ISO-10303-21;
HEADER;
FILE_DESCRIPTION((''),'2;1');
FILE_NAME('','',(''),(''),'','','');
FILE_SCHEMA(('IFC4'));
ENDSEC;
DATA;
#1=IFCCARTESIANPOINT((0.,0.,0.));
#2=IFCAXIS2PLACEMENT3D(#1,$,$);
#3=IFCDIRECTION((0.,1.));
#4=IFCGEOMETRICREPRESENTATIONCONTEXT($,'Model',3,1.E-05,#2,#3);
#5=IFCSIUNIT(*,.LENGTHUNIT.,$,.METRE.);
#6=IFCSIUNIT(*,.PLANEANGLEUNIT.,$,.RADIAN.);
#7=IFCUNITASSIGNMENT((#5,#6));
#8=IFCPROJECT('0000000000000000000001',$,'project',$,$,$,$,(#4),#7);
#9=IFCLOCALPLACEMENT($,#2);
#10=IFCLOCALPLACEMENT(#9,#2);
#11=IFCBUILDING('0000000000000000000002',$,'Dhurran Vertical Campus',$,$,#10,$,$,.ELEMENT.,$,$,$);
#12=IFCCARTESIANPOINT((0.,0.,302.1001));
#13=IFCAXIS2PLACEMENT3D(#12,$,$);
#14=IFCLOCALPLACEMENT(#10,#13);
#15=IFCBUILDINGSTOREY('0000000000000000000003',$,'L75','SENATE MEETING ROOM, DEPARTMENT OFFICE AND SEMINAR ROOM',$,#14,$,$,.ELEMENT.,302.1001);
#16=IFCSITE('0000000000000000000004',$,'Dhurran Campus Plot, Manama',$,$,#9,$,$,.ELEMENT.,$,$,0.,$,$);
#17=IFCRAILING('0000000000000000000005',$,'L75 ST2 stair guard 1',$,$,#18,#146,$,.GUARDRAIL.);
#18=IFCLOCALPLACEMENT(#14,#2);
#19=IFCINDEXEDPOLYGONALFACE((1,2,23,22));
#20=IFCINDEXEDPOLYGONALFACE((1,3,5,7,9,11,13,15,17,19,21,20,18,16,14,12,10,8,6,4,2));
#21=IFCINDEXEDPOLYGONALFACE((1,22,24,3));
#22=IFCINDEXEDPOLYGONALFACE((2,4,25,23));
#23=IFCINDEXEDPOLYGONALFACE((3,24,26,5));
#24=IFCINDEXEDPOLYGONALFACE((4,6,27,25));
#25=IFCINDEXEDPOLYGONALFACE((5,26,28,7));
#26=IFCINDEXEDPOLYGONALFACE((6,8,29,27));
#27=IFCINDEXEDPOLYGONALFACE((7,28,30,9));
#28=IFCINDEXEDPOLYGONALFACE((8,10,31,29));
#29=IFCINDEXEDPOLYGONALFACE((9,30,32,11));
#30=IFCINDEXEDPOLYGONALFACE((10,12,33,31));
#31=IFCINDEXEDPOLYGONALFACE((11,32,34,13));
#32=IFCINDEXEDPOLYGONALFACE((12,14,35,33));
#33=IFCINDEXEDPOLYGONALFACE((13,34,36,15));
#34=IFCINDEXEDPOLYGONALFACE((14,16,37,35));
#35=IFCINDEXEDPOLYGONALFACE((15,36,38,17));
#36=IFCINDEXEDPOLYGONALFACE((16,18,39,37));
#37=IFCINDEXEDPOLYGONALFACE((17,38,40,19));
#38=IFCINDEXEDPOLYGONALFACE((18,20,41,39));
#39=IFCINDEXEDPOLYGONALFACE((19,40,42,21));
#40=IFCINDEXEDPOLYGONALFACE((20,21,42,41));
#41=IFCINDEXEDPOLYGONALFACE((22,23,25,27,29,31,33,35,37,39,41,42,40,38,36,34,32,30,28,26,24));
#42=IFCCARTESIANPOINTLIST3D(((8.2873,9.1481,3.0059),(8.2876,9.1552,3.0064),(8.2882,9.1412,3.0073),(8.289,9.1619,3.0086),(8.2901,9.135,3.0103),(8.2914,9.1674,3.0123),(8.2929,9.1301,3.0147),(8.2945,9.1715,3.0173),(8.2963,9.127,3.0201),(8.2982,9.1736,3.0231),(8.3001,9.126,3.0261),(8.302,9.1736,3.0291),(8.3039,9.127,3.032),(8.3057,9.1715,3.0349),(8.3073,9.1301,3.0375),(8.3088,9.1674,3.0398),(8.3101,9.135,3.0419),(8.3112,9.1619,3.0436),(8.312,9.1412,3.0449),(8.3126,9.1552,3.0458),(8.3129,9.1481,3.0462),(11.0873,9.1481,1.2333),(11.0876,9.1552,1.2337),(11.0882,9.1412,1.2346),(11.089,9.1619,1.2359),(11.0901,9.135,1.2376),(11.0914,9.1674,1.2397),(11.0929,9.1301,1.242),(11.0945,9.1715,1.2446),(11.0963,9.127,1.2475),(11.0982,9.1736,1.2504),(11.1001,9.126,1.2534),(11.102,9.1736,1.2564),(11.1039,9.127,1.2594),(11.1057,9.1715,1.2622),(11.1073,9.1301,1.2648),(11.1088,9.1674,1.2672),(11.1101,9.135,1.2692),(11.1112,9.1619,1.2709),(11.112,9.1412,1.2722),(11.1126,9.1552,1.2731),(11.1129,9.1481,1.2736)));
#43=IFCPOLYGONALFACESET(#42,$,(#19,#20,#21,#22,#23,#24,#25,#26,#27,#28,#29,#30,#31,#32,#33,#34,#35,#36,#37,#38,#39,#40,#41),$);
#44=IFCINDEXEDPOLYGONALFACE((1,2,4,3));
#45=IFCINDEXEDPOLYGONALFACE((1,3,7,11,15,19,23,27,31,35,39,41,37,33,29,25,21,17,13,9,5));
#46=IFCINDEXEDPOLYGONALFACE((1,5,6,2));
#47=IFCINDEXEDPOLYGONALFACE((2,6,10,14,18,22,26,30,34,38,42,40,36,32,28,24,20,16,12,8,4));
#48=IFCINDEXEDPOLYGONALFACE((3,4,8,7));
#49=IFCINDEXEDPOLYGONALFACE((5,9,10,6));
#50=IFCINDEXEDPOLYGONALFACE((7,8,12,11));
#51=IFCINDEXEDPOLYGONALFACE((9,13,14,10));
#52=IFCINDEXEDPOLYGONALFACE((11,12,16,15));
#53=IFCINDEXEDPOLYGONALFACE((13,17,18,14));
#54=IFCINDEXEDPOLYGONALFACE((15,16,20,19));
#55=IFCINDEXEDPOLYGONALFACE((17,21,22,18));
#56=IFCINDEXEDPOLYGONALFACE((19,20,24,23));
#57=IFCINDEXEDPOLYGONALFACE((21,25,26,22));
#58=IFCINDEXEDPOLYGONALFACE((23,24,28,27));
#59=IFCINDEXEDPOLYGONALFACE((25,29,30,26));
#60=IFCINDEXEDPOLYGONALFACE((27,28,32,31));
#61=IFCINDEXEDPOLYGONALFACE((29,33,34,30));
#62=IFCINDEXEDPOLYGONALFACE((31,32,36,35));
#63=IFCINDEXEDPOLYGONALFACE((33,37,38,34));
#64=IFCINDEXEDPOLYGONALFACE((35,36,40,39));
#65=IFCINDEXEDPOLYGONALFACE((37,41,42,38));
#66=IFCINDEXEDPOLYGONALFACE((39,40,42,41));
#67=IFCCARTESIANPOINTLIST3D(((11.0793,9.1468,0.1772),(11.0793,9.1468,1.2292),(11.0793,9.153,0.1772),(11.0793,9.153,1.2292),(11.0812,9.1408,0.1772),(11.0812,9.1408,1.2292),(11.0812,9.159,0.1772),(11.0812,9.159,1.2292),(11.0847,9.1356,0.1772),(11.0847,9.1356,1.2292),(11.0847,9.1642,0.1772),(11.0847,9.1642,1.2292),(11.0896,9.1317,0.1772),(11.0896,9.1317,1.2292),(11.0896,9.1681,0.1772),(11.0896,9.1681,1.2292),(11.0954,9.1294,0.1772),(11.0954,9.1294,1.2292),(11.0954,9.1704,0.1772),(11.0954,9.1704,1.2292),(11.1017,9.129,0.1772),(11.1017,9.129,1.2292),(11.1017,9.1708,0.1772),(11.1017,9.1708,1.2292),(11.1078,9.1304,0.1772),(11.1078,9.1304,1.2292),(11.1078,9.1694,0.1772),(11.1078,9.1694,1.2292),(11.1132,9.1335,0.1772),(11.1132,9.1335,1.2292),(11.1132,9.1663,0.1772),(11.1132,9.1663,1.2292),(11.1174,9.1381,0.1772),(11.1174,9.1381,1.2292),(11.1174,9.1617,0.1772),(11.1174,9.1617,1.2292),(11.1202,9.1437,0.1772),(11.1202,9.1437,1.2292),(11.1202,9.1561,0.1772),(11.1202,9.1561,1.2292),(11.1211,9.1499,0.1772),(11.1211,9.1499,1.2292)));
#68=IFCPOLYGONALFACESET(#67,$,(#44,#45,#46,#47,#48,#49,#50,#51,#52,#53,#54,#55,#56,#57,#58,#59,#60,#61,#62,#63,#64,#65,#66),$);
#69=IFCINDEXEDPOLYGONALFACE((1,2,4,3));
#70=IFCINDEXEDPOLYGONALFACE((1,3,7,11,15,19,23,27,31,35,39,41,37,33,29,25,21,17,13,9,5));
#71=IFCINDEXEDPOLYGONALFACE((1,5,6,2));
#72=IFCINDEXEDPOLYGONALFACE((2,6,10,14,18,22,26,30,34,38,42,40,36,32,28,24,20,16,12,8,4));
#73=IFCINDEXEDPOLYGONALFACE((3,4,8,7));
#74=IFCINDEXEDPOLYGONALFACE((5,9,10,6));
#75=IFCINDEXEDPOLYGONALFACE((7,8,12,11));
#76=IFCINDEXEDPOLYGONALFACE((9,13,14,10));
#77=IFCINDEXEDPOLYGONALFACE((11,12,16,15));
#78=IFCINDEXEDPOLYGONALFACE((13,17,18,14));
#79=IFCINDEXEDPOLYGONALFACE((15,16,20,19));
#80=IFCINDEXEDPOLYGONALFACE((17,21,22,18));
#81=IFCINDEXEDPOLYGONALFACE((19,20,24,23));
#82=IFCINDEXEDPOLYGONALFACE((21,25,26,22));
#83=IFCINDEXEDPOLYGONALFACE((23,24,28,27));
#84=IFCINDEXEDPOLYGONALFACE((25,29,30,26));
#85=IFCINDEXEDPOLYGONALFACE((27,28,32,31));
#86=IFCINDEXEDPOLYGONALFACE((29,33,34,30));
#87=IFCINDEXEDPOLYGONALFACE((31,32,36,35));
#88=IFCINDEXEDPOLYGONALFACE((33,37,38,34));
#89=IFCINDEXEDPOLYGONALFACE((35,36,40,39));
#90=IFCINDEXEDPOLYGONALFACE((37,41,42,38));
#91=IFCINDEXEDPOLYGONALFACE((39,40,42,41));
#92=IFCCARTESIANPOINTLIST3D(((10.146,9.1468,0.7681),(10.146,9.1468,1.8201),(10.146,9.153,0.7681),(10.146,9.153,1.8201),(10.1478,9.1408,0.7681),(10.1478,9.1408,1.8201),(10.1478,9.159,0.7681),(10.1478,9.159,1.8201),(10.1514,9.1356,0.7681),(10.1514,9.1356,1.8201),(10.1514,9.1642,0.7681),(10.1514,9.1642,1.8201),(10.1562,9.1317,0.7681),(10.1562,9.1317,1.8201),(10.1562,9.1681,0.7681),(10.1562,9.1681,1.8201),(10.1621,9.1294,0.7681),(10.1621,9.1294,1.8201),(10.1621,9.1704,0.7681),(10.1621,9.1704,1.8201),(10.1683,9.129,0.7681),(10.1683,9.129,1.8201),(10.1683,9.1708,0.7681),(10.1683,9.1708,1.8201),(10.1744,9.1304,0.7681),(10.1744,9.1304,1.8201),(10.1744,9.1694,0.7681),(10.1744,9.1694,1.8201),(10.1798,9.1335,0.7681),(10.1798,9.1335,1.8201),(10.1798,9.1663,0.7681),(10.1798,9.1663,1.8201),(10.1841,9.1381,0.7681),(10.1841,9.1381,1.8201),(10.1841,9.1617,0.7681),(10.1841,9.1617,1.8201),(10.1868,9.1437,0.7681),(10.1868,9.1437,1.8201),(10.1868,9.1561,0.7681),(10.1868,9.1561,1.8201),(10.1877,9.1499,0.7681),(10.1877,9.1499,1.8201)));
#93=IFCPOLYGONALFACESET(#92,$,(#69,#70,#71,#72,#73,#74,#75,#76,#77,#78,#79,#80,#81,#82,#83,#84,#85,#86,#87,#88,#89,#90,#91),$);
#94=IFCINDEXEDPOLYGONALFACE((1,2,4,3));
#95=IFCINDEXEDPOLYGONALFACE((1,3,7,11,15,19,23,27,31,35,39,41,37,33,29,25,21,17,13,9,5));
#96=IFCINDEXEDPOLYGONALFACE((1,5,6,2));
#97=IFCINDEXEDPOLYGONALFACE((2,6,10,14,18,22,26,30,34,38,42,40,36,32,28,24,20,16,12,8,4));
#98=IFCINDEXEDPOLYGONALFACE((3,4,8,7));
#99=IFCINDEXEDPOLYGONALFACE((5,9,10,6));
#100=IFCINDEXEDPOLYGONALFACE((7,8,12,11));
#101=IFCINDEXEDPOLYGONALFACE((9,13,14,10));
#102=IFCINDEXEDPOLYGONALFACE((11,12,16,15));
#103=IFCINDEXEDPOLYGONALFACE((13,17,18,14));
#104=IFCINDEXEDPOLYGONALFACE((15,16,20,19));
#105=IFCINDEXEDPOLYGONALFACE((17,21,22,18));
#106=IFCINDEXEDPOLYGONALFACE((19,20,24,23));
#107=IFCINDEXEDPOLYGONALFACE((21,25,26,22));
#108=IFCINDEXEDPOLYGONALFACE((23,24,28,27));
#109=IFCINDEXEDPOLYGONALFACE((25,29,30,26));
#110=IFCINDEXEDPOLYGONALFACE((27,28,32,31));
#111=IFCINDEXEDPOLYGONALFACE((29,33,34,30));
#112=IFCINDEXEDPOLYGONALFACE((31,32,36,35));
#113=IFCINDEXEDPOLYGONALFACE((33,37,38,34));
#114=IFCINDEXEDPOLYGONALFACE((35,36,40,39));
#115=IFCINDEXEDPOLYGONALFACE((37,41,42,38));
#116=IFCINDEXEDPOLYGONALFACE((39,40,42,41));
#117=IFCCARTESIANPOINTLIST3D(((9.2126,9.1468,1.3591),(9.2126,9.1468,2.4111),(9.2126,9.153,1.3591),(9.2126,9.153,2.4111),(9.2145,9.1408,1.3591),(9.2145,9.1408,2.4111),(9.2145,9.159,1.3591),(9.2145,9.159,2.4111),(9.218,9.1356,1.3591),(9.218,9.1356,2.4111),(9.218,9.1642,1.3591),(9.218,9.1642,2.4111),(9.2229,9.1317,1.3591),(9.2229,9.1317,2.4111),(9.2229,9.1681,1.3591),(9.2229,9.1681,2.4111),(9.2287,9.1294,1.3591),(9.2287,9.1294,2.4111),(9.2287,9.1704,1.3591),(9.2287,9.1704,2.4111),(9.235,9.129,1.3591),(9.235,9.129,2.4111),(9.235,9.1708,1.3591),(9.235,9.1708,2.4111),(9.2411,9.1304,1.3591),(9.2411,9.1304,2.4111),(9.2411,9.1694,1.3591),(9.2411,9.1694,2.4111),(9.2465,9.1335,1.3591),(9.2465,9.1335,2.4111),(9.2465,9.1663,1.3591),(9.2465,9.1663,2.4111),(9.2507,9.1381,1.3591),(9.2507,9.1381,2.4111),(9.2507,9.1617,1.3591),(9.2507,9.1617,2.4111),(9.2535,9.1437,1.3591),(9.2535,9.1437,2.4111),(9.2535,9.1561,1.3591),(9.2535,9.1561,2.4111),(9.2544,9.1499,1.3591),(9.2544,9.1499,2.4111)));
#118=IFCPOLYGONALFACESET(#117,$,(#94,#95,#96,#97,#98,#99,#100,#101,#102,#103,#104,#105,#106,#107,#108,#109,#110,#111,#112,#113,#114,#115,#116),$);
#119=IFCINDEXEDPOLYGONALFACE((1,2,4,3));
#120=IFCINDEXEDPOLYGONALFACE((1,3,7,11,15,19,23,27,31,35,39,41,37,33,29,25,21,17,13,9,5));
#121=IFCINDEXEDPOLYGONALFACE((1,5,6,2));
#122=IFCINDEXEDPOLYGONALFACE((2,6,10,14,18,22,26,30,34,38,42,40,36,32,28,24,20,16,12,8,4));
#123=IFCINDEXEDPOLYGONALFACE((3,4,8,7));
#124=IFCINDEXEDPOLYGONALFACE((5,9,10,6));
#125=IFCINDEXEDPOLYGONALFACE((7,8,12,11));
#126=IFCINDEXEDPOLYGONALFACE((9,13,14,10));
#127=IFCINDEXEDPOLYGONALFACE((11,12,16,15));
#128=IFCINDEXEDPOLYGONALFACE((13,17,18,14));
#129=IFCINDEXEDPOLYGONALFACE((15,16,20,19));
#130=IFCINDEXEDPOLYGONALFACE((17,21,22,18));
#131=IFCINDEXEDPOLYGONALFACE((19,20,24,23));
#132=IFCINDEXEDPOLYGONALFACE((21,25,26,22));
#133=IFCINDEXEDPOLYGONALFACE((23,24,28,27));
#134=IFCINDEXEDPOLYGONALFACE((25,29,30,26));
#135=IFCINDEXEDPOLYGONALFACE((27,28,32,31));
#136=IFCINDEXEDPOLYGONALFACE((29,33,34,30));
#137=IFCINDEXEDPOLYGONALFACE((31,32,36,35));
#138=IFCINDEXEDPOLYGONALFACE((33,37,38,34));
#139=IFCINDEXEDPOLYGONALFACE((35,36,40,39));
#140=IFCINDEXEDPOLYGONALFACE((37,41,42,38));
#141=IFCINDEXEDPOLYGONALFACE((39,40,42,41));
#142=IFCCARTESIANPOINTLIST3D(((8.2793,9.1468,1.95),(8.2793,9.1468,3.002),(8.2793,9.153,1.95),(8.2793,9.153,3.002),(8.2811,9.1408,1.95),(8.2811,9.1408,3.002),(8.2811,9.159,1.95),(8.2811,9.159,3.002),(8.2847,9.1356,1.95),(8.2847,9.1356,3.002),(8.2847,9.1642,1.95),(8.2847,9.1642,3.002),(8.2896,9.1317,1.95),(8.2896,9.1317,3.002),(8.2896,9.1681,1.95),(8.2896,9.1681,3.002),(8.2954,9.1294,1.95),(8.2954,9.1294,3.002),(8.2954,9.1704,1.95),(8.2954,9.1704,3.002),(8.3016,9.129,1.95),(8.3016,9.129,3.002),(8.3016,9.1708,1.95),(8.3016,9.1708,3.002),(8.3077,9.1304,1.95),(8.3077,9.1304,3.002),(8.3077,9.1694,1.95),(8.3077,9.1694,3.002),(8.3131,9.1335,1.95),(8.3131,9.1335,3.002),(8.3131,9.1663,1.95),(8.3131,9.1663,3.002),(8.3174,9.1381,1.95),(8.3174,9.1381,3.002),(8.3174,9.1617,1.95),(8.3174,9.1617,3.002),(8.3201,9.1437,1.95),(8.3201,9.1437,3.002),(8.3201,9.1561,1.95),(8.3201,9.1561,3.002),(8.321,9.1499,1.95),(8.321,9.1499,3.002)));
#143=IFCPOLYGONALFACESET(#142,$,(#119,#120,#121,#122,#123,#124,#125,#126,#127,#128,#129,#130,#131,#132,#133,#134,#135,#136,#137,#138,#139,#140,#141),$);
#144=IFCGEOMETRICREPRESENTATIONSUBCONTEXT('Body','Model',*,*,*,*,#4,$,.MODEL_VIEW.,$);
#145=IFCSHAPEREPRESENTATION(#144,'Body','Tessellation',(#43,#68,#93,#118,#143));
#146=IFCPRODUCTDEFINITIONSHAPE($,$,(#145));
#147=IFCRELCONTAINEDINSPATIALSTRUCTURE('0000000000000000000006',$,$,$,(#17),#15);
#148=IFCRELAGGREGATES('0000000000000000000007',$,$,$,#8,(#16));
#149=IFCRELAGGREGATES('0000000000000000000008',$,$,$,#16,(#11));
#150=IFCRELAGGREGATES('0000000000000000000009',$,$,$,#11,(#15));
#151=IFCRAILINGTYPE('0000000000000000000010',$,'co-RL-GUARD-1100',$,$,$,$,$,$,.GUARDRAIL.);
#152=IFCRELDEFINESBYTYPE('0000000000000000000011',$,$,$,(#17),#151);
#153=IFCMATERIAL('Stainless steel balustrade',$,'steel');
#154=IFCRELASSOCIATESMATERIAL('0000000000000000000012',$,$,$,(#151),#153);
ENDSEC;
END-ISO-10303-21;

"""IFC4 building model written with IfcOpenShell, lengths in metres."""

from ifc_helpers import new_model, si_unit, direction, frame, origin, origin_2d, place, context, subcontext, project, spatial, circle, extrude, material, type_object, element, save


model = new_model("IFC4")

# Units and contexts
model_context = context("Model", 3, precision=1e-05, world=origin(), true_north=direction((0.0, 1.0)))
body_context = subcontext(model_context, "Body", "Model", "MODEL_VIEW")
ifc_project = project(units=[si_unit("LENGTHUNIT", "METRE"), si_unit("PLANEANGLEUNIT", "RADIAN")], contexts=[model_context])

# Site, building, storey
site_placement = place(None, origin())
site = spatial("IfcSite", under=ifc_project, at=site_placement, Name="Dhurran Campus Plot, Manama", CompositionType="ELEMENT", RefElevation=0.0)
building_placement = place(site_placement, origin())
building = spatial("IfcBuilding", under=site, at=building_placement, Name="Dhurran Vertical Campus", CompositionType="ELEMENT")
storey_placement = place(building_placement, frame((0.0, 0.0, 302.1001)))
storey = spatial("IfcBuildingStorey", under=building, at=storey_placement, Name="L75", Description="SENATE MEETING ROOM, DEPARTMENT OFFICE AND SEMINAR ROOM", CompositionType="ELEMENT", Elevation=302.1001)

# Railing
ifc_material_1 = material(Name="Stainless steel balustrade", Category="steel")
railing_type = type_object("IfcRailingType", Name="co-RL-GUARD-1100", PredefinedType="GUARDRAIL", material=ifc_material_1)
railing_1_placement = place(storey_placement, frame((11.1001, 9.1499, 0.1772)))
element("IfcRailing", 1, at=railing_1_placement, inside=storey, type_object=railing_type, Name="L75 ST2 stair guard 1", PredefinedType="GUARDRAIL", context=body_context, shape_type="SweptSolid", body=[
    extrude(circle(Radius=0.0239, at=origin_2d()), frame((0.0, 0.0, 1.0762), z_axis=(-0.844909, 0.0, 0.53491), x_axis=(0.0, -1.0, 0.0)), (0.0, 0.0, 1.0), 3.314),
    extrude(circle(Radius=0.021, at=origin_2d()), origin(), (0.0, 0.0, 1.0), 1.052),
    extrude(circle(Radius=0.021, at=origin_2d()), frame((-0.9333, 0.0, 0.5908)), (0.0, 0.0, 1.0), 1.052),
    extrude(circle(Radius=0.021, at=origin_2d()), frame((-1.8667, 0.0, 1.1819)), (0.0, 0.0, 1.0), 1.052),
    extrude(circle(Radius=0.021, at=origin_2d()), frame((-2.8, 0.0, 1.7727)), (0.0, 0.0, 1.0), 1.052),
])

save(model, "model.ifc")
